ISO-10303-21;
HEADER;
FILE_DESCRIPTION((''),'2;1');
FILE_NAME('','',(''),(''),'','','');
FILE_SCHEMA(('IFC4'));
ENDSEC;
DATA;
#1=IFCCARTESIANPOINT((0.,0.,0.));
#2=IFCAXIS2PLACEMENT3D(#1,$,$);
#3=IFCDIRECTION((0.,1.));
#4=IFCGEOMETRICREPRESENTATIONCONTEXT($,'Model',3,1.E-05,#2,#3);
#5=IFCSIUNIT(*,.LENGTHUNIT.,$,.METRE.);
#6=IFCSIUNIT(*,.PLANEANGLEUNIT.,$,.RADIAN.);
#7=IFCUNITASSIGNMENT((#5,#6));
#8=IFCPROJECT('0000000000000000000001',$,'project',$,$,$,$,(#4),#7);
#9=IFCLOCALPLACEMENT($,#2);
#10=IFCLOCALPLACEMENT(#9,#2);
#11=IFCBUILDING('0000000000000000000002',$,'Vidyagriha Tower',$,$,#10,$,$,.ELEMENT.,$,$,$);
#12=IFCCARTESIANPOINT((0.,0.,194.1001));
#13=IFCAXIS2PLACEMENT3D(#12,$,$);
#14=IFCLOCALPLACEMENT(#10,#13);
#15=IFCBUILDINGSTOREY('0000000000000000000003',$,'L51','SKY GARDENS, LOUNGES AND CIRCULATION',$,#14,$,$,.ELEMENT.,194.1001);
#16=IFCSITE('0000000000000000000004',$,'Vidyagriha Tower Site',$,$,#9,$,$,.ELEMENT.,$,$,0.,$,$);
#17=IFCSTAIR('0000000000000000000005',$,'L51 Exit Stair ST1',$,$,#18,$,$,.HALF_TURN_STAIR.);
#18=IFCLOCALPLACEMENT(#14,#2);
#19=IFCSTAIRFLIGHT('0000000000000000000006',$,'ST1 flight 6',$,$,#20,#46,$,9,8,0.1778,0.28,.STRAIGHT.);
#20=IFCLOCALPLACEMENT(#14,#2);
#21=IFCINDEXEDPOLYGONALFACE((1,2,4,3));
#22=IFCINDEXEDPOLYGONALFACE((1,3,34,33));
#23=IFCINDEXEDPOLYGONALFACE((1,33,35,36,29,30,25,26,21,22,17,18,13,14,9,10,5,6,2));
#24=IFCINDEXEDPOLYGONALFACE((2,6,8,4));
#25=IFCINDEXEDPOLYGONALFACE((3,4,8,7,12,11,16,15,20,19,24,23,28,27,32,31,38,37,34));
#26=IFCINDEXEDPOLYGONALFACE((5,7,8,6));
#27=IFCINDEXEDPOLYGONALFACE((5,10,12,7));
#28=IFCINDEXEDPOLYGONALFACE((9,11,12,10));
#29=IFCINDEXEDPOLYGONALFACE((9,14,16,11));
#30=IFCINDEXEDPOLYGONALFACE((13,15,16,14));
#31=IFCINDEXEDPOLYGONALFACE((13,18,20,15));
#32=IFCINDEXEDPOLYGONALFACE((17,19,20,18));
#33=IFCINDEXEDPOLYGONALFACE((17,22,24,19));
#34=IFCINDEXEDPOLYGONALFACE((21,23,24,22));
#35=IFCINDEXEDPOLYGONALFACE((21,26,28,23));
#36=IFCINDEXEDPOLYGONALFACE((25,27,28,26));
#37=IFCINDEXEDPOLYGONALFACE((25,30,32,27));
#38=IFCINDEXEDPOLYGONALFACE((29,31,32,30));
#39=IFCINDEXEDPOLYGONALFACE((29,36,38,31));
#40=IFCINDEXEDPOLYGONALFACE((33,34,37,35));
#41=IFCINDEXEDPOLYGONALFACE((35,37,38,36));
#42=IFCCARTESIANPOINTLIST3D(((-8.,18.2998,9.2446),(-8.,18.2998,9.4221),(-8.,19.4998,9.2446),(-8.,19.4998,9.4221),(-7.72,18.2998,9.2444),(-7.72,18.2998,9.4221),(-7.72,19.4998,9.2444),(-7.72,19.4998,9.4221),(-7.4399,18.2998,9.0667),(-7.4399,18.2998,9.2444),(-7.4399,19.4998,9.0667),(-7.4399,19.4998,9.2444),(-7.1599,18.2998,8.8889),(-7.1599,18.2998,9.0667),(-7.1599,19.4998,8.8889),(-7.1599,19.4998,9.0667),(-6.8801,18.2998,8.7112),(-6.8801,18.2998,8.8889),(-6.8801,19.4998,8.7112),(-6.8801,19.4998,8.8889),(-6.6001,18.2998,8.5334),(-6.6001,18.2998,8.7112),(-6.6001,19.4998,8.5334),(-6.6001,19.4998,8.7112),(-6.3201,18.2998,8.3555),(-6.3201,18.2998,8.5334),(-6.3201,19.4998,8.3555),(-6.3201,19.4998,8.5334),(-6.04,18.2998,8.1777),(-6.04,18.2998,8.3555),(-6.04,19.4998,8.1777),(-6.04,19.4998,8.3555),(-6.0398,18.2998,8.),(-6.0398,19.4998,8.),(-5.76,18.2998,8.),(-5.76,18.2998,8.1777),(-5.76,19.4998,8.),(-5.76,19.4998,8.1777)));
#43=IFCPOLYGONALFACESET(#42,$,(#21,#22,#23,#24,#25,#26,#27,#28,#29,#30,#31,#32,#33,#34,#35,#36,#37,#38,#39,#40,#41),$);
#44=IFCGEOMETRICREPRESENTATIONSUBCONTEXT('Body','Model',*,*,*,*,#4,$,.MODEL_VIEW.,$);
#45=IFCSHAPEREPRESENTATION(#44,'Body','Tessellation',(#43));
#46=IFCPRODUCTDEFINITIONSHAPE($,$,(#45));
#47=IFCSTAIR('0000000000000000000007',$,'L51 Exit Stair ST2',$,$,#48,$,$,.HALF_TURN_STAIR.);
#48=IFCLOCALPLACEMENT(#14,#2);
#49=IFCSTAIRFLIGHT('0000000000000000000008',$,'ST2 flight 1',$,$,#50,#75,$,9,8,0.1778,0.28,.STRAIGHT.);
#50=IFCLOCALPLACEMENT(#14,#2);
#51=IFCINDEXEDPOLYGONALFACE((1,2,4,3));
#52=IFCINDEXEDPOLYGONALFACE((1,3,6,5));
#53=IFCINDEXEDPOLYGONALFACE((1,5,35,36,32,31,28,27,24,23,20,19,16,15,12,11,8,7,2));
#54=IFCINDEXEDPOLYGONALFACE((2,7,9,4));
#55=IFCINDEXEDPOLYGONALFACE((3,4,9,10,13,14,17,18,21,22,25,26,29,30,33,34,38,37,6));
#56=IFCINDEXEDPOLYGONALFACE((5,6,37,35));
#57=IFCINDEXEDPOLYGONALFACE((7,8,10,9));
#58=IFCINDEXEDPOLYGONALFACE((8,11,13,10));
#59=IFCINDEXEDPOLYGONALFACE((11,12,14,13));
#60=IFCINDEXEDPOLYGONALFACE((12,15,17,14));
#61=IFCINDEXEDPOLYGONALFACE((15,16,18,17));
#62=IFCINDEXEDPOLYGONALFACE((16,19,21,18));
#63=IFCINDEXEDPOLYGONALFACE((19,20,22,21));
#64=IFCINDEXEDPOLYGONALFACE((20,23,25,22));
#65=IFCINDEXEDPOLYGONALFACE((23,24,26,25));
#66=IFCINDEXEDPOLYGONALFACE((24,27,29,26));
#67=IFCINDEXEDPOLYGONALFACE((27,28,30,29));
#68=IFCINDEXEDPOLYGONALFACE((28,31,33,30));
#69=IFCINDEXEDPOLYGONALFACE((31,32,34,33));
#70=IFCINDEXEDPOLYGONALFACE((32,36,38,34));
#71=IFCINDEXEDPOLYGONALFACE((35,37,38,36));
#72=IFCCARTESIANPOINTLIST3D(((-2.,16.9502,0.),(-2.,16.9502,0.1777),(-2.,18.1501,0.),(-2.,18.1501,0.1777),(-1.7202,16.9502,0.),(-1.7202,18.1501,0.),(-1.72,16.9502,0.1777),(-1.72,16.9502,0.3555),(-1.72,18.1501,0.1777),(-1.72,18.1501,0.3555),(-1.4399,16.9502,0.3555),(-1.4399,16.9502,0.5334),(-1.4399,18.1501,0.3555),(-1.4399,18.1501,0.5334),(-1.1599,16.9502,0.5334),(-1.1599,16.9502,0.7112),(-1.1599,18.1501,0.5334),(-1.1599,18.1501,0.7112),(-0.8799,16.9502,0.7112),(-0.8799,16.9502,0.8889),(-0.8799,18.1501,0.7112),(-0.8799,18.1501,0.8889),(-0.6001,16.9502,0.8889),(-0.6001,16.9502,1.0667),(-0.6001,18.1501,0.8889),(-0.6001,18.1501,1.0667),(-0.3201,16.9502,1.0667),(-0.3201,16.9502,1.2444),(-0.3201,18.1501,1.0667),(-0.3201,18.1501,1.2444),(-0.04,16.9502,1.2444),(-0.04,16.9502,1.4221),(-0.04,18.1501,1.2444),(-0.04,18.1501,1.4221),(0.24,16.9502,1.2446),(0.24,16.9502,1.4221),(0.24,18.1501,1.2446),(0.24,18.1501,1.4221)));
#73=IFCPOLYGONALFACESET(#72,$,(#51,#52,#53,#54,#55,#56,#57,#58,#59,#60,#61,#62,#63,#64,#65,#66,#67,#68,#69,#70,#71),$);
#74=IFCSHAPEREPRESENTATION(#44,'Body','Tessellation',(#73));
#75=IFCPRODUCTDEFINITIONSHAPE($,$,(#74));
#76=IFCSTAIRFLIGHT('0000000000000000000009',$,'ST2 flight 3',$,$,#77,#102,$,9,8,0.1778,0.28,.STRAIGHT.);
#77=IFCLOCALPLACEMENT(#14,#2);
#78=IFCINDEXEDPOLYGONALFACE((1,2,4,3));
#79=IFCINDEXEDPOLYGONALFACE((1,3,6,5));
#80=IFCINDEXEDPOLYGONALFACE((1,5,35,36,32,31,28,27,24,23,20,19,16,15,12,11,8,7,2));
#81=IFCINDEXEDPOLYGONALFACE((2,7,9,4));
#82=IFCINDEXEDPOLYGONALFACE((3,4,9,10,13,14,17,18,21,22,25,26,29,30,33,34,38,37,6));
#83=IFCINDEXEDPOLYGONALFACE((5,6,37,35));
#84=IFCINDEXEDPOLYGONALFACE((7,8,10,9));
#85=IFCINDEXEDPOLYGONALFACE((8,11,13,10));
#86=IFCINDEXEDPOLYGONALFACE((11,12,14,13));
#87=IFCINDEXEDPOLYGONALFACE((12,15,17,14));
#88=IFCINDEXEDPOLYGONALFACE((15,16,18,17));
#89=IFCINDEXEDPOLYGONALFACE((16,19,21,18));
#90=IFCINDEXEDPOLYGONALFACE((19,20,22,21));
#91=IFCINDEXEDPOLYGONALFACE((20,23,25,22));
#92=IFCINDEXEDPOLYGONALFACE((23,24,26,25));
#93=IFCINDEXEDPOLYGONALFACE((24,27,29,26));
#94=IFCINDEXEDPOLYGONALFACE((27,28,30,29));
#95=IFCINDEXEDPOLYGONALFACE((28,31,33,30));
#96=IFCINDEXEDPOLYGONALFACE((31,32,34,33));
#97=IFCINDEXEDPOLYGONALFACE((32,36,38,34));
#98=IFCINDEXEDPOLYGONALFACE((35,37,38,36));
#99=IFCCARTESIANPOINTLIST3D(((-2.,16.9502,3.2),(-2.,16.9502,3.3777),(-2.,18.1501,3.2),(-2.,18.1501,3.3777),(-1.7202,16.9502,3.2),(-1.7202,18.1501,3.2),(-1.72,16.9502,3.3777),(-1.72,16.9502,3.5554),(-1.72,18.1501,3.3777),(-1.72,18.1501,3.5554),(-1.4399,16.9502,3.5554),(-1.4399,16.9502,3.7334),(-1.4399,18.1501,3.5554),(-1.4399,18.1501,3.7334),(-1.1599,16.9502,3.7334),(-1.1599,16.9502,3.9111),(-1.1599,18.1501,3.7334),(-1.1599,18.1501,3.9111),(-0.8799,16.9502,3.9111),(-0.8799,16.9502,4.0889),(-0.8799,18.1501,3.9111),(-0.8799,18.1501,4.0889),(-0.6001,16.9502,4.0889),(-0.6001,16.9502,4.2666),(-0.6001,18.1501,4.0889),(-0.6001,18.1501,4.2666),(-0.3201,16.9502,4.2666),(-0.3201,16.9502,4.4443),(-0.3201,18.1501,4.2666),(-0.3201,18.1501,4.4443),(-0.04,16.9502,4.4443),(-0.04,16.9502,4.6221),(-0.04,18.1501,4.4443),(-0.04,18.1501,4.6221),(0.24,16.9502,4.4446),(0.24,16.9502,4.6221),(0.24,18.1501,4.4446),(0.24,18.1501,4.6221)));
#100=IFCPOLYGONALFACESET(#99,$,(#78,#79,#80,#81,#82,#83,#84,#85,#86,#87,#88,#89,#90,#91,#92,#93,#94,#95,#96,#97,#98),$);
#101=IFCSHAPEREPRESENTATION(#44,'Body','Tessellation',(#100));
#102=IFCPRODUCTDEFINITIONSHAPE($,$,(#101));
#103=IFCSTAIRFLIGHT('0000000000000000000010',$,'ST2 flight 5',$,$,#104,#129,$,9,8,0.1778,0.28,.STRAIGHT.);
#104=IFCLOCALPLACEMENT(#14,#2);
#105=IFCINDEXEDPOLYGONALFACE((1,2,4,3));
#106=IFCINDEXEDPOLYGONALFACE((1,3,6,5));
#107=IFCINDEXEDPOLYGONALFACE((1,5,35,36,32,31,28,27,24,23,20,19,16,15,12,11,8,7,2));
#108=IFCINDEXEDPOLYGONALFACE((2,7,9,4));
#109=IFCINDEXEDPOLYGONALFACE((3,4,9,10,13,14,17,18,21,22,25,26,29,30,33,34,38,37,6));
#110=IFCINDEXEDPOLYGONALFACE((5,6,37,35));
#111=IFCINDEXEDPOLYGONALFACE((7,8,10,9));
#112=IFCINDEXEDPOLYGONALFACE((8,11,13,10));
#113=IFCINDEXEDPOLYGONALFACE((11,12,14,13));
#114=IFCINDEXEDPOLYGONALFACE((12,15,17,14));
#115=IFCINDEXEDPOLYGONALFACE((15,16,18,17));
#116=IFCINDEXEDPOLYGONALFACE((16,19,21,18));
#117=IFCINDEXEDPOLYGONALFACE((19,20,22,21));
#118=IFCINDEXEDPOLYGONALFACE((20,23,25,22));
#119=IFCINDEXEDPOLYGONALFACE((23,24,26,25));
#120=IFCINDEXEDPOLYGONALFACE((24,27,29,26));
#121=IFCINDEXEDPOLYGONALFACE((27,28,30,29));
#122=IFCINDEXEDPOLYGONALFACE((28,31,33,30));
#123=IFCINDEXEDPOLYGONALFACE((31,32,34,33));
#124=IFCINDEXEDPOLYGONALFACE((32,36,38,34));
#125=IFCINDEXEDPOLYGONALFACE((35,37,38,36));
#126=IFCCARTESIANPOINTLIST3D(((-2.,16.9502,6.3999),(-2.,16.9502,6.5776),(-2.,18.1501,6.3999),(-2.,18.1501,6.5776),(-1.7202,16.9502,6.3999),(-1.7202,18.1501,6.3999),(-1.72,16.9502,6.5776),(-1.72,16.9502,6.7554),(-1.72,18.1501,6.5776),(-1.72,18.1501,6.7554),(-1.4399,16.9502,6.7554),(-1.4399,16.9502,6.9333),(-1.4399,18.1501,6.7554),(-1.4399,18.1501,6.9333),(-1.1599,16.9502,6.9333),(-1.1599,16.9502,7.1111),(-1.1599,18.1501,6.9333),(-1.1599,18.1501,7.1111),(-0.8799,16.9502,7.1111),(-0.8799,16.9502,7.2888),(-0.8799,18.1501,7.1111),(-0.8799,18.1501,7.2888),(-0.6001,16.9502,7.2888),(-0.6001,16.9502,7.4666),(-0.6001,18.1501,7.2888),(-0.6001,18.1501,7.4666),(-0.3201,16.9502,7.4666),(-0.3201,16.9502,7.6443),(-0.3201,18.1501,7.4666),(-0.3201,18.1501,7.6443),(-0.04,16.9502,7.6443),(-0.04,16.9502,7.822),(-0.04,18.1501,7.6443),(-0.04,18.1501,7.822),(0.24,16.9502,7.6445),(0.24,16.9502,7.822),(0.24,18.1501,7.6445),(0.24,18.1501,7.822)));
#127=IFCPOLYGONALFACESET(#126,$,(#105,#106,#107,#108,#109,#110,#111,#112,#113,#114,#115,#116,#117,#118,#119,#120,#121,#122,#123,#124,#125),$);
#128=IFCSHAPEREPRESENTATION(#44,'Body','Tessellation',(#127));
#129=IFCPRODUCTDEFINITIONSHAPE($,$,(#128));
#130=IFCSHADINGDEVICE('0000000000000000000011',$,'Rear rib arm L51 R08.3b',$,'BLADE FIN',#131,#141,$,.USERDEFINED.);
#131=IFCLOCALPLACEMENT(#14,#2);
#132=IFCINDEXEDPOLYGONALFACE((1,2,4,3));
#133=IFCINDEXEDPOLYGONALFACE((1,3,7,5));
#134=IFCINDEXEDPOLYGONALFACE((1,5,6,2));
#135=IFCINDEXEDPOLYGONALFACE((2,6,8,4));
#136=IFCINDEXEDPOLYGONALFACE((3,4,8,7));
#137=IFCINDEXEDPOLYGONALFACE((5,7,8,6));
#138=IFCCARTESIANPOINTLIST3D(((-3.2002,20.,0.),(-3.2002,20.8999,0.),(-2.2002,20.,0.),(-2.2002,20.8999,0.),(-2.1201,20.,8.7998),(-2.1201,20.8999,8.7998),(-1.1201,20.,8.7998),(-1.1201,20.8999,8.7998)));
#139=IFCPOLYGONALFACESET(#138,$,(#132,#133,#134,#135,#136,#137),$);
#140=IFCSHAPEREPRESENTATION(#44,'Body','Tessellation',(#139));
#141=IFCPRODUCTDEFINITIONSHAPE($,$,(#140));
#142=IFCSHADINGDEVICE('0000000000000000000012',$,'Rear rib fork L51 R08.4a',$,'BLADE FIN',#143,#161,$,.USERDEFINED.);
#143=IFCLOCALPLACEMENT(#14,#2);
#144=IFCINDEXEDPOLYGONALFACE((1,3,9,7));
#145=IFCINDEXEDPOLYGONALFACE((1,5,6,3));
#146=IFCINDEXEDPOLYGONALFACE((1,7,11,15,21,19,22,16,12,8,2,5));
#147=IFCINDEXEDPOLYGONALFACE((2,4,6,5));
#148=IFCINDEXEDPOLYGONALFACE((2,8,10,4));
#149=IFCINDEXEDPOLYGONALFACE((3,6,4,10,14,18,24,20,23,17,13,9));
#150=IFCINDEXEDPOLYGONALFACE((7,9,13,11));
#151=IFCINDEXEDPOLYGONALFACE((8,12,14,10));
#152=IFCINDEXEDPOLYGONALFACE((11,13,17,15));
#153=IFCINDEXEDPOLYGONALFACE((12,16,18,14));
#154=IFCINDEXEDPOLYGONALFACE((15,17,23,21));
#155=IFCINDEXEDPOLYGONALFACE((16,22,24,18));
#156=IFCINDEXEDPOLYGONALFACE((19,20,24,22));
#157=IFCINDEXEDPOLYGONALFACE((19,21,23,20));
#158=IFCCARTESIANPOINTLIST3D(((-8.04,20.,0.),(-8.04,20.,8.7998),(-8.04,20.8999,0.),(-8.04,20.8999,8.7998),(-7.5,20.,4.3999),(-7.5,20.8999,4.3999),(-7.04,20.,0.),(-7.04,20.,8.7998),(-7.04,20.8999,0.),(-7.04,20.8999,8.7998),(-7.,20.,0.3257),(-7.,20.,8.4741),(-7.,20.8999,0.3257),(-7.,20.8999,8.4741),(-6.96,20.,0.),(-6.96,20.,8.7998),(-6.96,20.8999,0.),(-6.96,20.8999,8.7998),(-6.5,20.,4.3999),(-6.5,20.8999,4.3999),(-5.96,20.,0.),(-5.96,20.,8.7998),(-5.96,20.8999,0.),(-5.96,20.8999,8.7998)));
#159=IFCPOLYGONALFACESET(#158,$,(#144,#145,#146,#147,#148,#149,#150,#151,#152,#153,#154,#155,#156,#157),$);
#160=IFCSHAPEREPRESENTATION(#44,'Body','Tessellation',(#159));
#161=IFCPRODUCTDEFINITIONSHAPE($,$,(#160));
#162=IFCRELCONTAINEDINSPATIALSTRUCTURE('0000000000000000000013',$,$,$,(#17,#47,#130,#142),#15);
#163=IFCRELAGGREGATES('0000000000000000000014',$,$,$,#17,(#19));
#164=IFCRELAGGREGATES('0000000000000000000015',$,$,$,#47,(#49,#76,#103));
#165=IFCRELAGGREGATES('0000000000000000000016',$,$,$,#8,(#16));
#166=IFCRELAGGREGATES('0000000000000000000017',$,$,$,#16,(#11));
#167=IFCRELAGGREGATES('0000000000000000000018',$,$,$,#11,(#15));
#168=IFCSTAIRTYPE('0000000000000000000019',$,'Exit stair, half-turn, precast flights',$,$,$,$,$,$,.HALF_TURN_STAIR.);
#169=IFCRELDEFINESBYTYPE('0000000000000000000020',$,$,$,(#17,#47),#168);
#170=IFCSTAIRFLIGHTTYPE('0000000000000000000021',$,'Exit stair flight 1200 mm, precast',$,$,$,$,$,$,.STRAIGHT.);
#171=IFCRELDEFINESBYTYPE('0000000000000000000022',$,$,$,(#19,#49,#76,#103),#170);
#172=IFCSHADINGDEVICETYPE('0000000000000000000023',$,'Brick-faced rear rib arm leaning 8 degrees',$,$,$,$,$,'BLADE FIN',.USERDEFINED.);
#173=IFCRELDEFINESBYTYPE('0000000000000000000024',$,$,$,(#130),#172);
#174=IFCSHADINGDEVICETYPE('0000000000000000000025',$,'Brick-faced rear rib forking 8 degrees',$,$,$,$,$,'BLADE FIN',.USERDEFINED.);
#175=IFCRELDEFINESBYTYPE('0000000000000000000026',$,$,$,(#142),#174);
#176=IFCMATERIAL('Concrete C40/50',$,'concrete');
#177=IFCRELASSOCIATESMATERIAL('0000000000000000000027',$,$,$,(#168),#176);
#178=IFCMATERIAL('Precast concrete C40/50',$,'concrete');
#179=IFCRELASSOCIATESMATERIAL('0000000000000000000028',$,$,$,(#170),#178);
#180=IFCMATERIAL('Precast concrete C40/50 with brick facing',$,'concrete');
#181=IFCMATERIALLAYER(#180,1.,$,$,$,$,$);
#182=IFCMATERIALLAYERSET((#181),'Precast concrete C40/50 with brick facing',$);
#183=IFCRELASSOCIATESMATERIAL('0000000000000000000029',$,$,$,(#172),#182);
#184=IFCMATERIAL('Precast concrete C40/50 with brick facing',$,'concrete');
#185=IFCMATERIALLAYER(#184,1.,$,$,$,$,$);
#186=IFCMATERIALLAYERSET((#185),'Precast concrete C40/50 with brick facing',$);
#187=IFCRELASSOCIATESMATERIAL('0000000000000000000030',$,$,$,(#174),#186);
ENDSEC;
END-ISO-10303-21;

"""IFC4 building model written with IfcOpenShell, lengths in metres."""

from ifc_helpers import new_model, si_unit, direction, frame, origin, place, context, subcontext, project, spatial, polyline, outline, extrude, material, layer, layer_set, type_object, element, aggregate, save


model = new_model("IFC4")

# Units and contexts
model_context = context("Model", 3, precision=1e-05, world=origin(), true_north=direction((0.0, 1.0)))
body_context = subcontext(model_context, "Body", "Model", "MODEL_VIEW")
ifc_project = project(units=[si_unit("LENGTHUNIT", "METRE"), si_unit("PLANEANGLEUNIT", "RADIAN")], contexts=[model_context])

# Site, building, storey
site_placement = place(None, origin())
site = spatial("IfcSite", under=ifc_project, at=site_placement, Name="Vidyagriha Tower Site", CompositionType="ELEMENT", RefElevation=0.0)
building_placement = place(site_placement, origin())
building = spatial("IfcBuilding", under=site, at=building_placement, Name="Vidyagriha Tower", CompositionType="ELEMENT")
storey_placement = place(building_placement, frame((0.0, 0.0, 194.1001)))
storey = spatial("IfcBuildingStorey", under=building, at=storey_placement, Name="L51", Description="SKY GARDENS, LOUNGES AND CIRCULATION", CompositionType="ELEMENT", Elevation=194.1001)

# Stairs, stair flights
ifc_material_1 = material(Name="Concrete C40/50", Category="concrete")
stair_type = type_object("IfcStairType", Name="Exit stair, half-turn, precast flights", PredefinedType="HALF_TURN_STAIR", material=ifc_material_1)
stair_1_placement = place(storey_placement, origin())
stair_1 = element("IfcStair", 1, at=stair_1_placement, inside=storey, type_object=stair_type, Name="L51 Exit Stair ST1", PredefinedType="HALF_TURN_STAIR")
ifc_material_2 = material(Name="Precast concrete C40/50", Category="concrete")
stair_flight_type = type_object("IfcStairFlightType", Name="Exit stair flight 1200 mm, precast", PredefinedType="STRAIGHT", material=ifc_material_2)
stair_flight_1_placement = place(storey_placement, frame((-5.76, 18.8999, 8.0), z_axis=(0.0, 0.0, 1.0), x_axis=(-1.0, 0.0, 0.0)))
stair_flight_1 = element("IfcStairFlight", 2, at=stair_flight_1_placement, type_object=stair_flight_type, Name="ST1 flight 6", NumberOfRisers=9, NumberOfTreads=8, PredefinedType="STRAIGHT", RiserHeight=0.1778, TreadLength=0.28, context=body_context, shape_type="SweptSolid", body=[
    extrude(outline(polyline([(0.0, 0.0), (0.0, 0.1777), (0.28, 0.1777), (0.28, 0.3555), (0.5601, 0.3555), (0.5601, 0.5334), (0.8401, 0.5334), (0.8401, 0.7112), (1.1201, 0.7112), (1.1201, 0.8889), (1.3999, 0.8889), (1.3999, 1.0667), (1.6799, 1.0667), (1.6799, 1.2444), (1.96, 1.2444), (1.96, 1.4221), (2.24, 1.4221), (2.24, 1.6001), (2.24, 1.2446), (0.2798, 0.0), (0.0, 0.0)])), frame((0.0, 0.6001, 0.0), z_axis=(0.0, -1.0, 0.0), x_axis=(1.0, 0.0, 0.0)), (0.0, 0.0, 1.0), 1.2),
])
aggregate(stair_1, [stair_flight_1])
stair_2_placement = place(storey_placement, origin())
stair_2 = element("IfcStair", 3, at=stair_2_placement, inside=storey, type_object=stair_type, Name="L51 Exit Stair ST2", PredefinedType="HALF_TURN_STAIR")
stair_flight_2_placement = place(storey_placement, frame((-2.0, 17.55, 0.0)))
stair_flight_2 = element("IfcStairFlight", 4, at=stair_flight_2_placement, type_object=stair_flight_type, Name="ST2 flight 1", NumberOfRisers=9, NumberOfTreads=8, PredefinedType="STRAIGHT", RiserHeight=0.1778, TreadLength=0.28, context=body_context, shape_type="SweptSolid", body=[
    extrude(outline(polyline([(0.0, 0.0), (0.0, 0.1777), (0.28, 0.1777), (0.28, 0.3555), (0.5601, 0.3555), (0.5601, 0.5334), (0.8401, 0.5334), (0.8401, 0.7112), (1.1201, 0.7112), (1.1201, 0.8889), (1.3999, 0.8889), (1.3999, 1.0667), (1.6799, 1.0667), (1.6799, 1.2444), (1.96, 1.2444), (1.96, 1.4221), (2.24, 1.4221), (2.24, 1.6001), (2.24, 1.2446), (0.2798, 0.0), (0.0, 0.0)])), frame((0.0, 0.6001, 0.0), z_axis=(0.0, -1.0, 0.0), x_axis=(1.0, 0.0, 0.0)), (0.0, 0.0, 1.0), 1.2),
])
stair_flight_3_placement = place(storey_placement, frame((-2.0, 17.55, 3.2)))
stair_flight_3 = element("IfcStairFlight", 5, at=stair_flight_3_placement, type_object=stair_flight_type, Name="ST2 flight 3", NumberOfRisers=9, NumberOfTreads=8, PredefinedType="STRAIGHT", RiserHeight=0.1778, TreadLength=0.28, context=body_context, shape_type="SweptSolid", body=[
    extrude(outline(polyline([(0.0, 0.0), (0.0, 0.1777), (0.28, 0.1777), (0.28, 0.3555), (0.5601, 0.3555), (0.5601, 0.5334), (0.8401, 0.5334), (0.8401, 0.7112), (1.1201, 0.7112), (1.1201, 0.8889), (1.3999, 0.8889), (1.3999, 1.0667), (1.6799, 1.0667), (1.6799, 1.2444), (1.96, 1.2444), (1.96, 1.4221), (2.24, 1.4221), (2.24, 1.6001), (2.24, 1.2446), (0.2798, 0.0), (0.0, 0.0)])), frame((0.0, 0.6001, 0.0), z_axis=(0.0, -1.0, 0.0), x_axis=(1.0, 0.0, 0.0)), (0.0, 0.0, 1.0), 1.2),
])
stair_flight_4_placement = place(storey_placement, frame((-2.0, 17.55, 6.3999)))
stair_flight_4 = element("IfcStairFlight", 6, at=stair_flight_4_placement, type_object=stair_flight_type, Name="ST2 flight 5", NumberOfRisers=9, NumberOfTreads=8, PredefinedType="STRAIGHT", RiserHeight=0.1778, TreadLength=0.28, context=body_context, shape_type="SweptSolid", body=[
    extrude(outline(polyline([(0.0, 0.0), (0.0, 0.1777), (0.28, 0.1777), (0.28, 0.3555), (0.5601, 0.3555), (0.5601, 0.5334), (0.8401, 0.5334), (0.8401, 0.7112), (1.1201, 0.7112), (1.1201, 0.8889), (1.3999, 0.8889), (1.3999, 1.0667), (1.6799, 1.0667), (1.6799, 1.2444), (1.96, 1.2444), (1.96, 1.4221), (2.24, 1.4221), (2.24, 1.6001), (2.24, 1.2446), (0.2798, 0.0), (0.0, 0.0)])), frame((0.0, 0.6001, 0.0), z_axis=(0.0, -1.0, 0.0), x_axis=(1.0, 0.0, 0.0)), (0.0, 0.0, 1.0), 1.2),
])
aggregate(stair_2, [stair_flight_2, stair_flight_3, stair_flight_4])

# Shading devices
ifc_material_3 = material(Name="Precast concrete C40/50 with brick facing", Category="concrete")
ifc_layer_1 = layer(ifc_material_3, 1.0)
ifc_layer_set_1 = layer_set([ifc_layer_1], Name="Precast concrete C40/50 with brick facing")
shading_device_type_1 = type_object("IfcShadingDeviceType", Name="Brick-faced rear rib arm leaning 8 degrees", ElementType="BLADE FIN", PredefinedType="USERDEFINED", material=ifc_layer_set_1)
shading_device_1_placement = place(storey_placement, frame((-1.1201, 20.45, 0.0), z_axis=(0.0, 0.0, 1.0), x_axis=(-1.0, 0.0, 0.0)))
element("IfcShadingDevice", 7, at=shading_device_1_placement, inside=storey, type_object=shading_device_type_1, Name="Rear rib arm L51 R08.3b", ObjectType="BLADE FIN", PredefinedType="USERDEFINED", context=body_context, shape_type="SweptSolid", body=[
    extrude(outline(polyline([(1.0801, 0.0), (2.0801, 0.0), (1.0, 8.7998), (0.0, 8.7998), (1.0801, 0.0)])), frame((0.0, 0.45, 0.0), z_axis=(0.0, -1.0, 0.0), x_axis=(1.0, 0.0, 0.0)), (0.0, 0.0, 1.0), 0.8999),
])
ifc_material_4 = material(Name="Precast concrete C40/50 with brick facing", Category="concrete")
ifc_layer_2 = layer(ifc_material_4, 1.0)
ifc_layer_set_2 = layer_set([ifc_layer_2], Name="Precast concrete C40/50 with brick facing")
shading_device_type_2 = type_object("IfcShadingDeviceType", Name="Brick-faced rear rib forking 8 degrees", ElementType="BLADE FIN", PredefinedType="USERDEFINED", material=ifc_layer_set_2)
shading_device_2_placement = place(storey_placement, frame((-5.96, 20.45, 0.0), z_axis=(0.0, 0.0, 1.0), x_axis=(-1.0, 0.0, 0.0)))
element("IfcShadingDevice", 8, at=shading_device_2_placement, inside=storey, type_object=shading_device_type_2, Name="Rear rib fork L51 R08.4a", ObjectType="BLADE FIN", PredefinedType="USERDEFINED", context=body_context, shape_type="SweptSolid", body=[
    extrude(outline(polyline([(1.0, 0.0), (1.04, 0.3257), (1.0801, 0.0), (2.0801, 0.0), (1.54, 4.3999), (2.0801, 8.7998), (1.0801, 8.7998), (1.04, 8.4741), (1.0, 8.7998), (0.0, 8.7998), (0.54, 4.3999), (0.0, 0.0), (1.0, 0.0)])), frame((0.0, 0.45, 0.0), z_axis=(0.0, -1.0, 0.0), x_axis=(1.0, 0.0, 0.0)), (0.0, 0.0, 1.0), 0.8999),
])

save(model, "model.ifc")
